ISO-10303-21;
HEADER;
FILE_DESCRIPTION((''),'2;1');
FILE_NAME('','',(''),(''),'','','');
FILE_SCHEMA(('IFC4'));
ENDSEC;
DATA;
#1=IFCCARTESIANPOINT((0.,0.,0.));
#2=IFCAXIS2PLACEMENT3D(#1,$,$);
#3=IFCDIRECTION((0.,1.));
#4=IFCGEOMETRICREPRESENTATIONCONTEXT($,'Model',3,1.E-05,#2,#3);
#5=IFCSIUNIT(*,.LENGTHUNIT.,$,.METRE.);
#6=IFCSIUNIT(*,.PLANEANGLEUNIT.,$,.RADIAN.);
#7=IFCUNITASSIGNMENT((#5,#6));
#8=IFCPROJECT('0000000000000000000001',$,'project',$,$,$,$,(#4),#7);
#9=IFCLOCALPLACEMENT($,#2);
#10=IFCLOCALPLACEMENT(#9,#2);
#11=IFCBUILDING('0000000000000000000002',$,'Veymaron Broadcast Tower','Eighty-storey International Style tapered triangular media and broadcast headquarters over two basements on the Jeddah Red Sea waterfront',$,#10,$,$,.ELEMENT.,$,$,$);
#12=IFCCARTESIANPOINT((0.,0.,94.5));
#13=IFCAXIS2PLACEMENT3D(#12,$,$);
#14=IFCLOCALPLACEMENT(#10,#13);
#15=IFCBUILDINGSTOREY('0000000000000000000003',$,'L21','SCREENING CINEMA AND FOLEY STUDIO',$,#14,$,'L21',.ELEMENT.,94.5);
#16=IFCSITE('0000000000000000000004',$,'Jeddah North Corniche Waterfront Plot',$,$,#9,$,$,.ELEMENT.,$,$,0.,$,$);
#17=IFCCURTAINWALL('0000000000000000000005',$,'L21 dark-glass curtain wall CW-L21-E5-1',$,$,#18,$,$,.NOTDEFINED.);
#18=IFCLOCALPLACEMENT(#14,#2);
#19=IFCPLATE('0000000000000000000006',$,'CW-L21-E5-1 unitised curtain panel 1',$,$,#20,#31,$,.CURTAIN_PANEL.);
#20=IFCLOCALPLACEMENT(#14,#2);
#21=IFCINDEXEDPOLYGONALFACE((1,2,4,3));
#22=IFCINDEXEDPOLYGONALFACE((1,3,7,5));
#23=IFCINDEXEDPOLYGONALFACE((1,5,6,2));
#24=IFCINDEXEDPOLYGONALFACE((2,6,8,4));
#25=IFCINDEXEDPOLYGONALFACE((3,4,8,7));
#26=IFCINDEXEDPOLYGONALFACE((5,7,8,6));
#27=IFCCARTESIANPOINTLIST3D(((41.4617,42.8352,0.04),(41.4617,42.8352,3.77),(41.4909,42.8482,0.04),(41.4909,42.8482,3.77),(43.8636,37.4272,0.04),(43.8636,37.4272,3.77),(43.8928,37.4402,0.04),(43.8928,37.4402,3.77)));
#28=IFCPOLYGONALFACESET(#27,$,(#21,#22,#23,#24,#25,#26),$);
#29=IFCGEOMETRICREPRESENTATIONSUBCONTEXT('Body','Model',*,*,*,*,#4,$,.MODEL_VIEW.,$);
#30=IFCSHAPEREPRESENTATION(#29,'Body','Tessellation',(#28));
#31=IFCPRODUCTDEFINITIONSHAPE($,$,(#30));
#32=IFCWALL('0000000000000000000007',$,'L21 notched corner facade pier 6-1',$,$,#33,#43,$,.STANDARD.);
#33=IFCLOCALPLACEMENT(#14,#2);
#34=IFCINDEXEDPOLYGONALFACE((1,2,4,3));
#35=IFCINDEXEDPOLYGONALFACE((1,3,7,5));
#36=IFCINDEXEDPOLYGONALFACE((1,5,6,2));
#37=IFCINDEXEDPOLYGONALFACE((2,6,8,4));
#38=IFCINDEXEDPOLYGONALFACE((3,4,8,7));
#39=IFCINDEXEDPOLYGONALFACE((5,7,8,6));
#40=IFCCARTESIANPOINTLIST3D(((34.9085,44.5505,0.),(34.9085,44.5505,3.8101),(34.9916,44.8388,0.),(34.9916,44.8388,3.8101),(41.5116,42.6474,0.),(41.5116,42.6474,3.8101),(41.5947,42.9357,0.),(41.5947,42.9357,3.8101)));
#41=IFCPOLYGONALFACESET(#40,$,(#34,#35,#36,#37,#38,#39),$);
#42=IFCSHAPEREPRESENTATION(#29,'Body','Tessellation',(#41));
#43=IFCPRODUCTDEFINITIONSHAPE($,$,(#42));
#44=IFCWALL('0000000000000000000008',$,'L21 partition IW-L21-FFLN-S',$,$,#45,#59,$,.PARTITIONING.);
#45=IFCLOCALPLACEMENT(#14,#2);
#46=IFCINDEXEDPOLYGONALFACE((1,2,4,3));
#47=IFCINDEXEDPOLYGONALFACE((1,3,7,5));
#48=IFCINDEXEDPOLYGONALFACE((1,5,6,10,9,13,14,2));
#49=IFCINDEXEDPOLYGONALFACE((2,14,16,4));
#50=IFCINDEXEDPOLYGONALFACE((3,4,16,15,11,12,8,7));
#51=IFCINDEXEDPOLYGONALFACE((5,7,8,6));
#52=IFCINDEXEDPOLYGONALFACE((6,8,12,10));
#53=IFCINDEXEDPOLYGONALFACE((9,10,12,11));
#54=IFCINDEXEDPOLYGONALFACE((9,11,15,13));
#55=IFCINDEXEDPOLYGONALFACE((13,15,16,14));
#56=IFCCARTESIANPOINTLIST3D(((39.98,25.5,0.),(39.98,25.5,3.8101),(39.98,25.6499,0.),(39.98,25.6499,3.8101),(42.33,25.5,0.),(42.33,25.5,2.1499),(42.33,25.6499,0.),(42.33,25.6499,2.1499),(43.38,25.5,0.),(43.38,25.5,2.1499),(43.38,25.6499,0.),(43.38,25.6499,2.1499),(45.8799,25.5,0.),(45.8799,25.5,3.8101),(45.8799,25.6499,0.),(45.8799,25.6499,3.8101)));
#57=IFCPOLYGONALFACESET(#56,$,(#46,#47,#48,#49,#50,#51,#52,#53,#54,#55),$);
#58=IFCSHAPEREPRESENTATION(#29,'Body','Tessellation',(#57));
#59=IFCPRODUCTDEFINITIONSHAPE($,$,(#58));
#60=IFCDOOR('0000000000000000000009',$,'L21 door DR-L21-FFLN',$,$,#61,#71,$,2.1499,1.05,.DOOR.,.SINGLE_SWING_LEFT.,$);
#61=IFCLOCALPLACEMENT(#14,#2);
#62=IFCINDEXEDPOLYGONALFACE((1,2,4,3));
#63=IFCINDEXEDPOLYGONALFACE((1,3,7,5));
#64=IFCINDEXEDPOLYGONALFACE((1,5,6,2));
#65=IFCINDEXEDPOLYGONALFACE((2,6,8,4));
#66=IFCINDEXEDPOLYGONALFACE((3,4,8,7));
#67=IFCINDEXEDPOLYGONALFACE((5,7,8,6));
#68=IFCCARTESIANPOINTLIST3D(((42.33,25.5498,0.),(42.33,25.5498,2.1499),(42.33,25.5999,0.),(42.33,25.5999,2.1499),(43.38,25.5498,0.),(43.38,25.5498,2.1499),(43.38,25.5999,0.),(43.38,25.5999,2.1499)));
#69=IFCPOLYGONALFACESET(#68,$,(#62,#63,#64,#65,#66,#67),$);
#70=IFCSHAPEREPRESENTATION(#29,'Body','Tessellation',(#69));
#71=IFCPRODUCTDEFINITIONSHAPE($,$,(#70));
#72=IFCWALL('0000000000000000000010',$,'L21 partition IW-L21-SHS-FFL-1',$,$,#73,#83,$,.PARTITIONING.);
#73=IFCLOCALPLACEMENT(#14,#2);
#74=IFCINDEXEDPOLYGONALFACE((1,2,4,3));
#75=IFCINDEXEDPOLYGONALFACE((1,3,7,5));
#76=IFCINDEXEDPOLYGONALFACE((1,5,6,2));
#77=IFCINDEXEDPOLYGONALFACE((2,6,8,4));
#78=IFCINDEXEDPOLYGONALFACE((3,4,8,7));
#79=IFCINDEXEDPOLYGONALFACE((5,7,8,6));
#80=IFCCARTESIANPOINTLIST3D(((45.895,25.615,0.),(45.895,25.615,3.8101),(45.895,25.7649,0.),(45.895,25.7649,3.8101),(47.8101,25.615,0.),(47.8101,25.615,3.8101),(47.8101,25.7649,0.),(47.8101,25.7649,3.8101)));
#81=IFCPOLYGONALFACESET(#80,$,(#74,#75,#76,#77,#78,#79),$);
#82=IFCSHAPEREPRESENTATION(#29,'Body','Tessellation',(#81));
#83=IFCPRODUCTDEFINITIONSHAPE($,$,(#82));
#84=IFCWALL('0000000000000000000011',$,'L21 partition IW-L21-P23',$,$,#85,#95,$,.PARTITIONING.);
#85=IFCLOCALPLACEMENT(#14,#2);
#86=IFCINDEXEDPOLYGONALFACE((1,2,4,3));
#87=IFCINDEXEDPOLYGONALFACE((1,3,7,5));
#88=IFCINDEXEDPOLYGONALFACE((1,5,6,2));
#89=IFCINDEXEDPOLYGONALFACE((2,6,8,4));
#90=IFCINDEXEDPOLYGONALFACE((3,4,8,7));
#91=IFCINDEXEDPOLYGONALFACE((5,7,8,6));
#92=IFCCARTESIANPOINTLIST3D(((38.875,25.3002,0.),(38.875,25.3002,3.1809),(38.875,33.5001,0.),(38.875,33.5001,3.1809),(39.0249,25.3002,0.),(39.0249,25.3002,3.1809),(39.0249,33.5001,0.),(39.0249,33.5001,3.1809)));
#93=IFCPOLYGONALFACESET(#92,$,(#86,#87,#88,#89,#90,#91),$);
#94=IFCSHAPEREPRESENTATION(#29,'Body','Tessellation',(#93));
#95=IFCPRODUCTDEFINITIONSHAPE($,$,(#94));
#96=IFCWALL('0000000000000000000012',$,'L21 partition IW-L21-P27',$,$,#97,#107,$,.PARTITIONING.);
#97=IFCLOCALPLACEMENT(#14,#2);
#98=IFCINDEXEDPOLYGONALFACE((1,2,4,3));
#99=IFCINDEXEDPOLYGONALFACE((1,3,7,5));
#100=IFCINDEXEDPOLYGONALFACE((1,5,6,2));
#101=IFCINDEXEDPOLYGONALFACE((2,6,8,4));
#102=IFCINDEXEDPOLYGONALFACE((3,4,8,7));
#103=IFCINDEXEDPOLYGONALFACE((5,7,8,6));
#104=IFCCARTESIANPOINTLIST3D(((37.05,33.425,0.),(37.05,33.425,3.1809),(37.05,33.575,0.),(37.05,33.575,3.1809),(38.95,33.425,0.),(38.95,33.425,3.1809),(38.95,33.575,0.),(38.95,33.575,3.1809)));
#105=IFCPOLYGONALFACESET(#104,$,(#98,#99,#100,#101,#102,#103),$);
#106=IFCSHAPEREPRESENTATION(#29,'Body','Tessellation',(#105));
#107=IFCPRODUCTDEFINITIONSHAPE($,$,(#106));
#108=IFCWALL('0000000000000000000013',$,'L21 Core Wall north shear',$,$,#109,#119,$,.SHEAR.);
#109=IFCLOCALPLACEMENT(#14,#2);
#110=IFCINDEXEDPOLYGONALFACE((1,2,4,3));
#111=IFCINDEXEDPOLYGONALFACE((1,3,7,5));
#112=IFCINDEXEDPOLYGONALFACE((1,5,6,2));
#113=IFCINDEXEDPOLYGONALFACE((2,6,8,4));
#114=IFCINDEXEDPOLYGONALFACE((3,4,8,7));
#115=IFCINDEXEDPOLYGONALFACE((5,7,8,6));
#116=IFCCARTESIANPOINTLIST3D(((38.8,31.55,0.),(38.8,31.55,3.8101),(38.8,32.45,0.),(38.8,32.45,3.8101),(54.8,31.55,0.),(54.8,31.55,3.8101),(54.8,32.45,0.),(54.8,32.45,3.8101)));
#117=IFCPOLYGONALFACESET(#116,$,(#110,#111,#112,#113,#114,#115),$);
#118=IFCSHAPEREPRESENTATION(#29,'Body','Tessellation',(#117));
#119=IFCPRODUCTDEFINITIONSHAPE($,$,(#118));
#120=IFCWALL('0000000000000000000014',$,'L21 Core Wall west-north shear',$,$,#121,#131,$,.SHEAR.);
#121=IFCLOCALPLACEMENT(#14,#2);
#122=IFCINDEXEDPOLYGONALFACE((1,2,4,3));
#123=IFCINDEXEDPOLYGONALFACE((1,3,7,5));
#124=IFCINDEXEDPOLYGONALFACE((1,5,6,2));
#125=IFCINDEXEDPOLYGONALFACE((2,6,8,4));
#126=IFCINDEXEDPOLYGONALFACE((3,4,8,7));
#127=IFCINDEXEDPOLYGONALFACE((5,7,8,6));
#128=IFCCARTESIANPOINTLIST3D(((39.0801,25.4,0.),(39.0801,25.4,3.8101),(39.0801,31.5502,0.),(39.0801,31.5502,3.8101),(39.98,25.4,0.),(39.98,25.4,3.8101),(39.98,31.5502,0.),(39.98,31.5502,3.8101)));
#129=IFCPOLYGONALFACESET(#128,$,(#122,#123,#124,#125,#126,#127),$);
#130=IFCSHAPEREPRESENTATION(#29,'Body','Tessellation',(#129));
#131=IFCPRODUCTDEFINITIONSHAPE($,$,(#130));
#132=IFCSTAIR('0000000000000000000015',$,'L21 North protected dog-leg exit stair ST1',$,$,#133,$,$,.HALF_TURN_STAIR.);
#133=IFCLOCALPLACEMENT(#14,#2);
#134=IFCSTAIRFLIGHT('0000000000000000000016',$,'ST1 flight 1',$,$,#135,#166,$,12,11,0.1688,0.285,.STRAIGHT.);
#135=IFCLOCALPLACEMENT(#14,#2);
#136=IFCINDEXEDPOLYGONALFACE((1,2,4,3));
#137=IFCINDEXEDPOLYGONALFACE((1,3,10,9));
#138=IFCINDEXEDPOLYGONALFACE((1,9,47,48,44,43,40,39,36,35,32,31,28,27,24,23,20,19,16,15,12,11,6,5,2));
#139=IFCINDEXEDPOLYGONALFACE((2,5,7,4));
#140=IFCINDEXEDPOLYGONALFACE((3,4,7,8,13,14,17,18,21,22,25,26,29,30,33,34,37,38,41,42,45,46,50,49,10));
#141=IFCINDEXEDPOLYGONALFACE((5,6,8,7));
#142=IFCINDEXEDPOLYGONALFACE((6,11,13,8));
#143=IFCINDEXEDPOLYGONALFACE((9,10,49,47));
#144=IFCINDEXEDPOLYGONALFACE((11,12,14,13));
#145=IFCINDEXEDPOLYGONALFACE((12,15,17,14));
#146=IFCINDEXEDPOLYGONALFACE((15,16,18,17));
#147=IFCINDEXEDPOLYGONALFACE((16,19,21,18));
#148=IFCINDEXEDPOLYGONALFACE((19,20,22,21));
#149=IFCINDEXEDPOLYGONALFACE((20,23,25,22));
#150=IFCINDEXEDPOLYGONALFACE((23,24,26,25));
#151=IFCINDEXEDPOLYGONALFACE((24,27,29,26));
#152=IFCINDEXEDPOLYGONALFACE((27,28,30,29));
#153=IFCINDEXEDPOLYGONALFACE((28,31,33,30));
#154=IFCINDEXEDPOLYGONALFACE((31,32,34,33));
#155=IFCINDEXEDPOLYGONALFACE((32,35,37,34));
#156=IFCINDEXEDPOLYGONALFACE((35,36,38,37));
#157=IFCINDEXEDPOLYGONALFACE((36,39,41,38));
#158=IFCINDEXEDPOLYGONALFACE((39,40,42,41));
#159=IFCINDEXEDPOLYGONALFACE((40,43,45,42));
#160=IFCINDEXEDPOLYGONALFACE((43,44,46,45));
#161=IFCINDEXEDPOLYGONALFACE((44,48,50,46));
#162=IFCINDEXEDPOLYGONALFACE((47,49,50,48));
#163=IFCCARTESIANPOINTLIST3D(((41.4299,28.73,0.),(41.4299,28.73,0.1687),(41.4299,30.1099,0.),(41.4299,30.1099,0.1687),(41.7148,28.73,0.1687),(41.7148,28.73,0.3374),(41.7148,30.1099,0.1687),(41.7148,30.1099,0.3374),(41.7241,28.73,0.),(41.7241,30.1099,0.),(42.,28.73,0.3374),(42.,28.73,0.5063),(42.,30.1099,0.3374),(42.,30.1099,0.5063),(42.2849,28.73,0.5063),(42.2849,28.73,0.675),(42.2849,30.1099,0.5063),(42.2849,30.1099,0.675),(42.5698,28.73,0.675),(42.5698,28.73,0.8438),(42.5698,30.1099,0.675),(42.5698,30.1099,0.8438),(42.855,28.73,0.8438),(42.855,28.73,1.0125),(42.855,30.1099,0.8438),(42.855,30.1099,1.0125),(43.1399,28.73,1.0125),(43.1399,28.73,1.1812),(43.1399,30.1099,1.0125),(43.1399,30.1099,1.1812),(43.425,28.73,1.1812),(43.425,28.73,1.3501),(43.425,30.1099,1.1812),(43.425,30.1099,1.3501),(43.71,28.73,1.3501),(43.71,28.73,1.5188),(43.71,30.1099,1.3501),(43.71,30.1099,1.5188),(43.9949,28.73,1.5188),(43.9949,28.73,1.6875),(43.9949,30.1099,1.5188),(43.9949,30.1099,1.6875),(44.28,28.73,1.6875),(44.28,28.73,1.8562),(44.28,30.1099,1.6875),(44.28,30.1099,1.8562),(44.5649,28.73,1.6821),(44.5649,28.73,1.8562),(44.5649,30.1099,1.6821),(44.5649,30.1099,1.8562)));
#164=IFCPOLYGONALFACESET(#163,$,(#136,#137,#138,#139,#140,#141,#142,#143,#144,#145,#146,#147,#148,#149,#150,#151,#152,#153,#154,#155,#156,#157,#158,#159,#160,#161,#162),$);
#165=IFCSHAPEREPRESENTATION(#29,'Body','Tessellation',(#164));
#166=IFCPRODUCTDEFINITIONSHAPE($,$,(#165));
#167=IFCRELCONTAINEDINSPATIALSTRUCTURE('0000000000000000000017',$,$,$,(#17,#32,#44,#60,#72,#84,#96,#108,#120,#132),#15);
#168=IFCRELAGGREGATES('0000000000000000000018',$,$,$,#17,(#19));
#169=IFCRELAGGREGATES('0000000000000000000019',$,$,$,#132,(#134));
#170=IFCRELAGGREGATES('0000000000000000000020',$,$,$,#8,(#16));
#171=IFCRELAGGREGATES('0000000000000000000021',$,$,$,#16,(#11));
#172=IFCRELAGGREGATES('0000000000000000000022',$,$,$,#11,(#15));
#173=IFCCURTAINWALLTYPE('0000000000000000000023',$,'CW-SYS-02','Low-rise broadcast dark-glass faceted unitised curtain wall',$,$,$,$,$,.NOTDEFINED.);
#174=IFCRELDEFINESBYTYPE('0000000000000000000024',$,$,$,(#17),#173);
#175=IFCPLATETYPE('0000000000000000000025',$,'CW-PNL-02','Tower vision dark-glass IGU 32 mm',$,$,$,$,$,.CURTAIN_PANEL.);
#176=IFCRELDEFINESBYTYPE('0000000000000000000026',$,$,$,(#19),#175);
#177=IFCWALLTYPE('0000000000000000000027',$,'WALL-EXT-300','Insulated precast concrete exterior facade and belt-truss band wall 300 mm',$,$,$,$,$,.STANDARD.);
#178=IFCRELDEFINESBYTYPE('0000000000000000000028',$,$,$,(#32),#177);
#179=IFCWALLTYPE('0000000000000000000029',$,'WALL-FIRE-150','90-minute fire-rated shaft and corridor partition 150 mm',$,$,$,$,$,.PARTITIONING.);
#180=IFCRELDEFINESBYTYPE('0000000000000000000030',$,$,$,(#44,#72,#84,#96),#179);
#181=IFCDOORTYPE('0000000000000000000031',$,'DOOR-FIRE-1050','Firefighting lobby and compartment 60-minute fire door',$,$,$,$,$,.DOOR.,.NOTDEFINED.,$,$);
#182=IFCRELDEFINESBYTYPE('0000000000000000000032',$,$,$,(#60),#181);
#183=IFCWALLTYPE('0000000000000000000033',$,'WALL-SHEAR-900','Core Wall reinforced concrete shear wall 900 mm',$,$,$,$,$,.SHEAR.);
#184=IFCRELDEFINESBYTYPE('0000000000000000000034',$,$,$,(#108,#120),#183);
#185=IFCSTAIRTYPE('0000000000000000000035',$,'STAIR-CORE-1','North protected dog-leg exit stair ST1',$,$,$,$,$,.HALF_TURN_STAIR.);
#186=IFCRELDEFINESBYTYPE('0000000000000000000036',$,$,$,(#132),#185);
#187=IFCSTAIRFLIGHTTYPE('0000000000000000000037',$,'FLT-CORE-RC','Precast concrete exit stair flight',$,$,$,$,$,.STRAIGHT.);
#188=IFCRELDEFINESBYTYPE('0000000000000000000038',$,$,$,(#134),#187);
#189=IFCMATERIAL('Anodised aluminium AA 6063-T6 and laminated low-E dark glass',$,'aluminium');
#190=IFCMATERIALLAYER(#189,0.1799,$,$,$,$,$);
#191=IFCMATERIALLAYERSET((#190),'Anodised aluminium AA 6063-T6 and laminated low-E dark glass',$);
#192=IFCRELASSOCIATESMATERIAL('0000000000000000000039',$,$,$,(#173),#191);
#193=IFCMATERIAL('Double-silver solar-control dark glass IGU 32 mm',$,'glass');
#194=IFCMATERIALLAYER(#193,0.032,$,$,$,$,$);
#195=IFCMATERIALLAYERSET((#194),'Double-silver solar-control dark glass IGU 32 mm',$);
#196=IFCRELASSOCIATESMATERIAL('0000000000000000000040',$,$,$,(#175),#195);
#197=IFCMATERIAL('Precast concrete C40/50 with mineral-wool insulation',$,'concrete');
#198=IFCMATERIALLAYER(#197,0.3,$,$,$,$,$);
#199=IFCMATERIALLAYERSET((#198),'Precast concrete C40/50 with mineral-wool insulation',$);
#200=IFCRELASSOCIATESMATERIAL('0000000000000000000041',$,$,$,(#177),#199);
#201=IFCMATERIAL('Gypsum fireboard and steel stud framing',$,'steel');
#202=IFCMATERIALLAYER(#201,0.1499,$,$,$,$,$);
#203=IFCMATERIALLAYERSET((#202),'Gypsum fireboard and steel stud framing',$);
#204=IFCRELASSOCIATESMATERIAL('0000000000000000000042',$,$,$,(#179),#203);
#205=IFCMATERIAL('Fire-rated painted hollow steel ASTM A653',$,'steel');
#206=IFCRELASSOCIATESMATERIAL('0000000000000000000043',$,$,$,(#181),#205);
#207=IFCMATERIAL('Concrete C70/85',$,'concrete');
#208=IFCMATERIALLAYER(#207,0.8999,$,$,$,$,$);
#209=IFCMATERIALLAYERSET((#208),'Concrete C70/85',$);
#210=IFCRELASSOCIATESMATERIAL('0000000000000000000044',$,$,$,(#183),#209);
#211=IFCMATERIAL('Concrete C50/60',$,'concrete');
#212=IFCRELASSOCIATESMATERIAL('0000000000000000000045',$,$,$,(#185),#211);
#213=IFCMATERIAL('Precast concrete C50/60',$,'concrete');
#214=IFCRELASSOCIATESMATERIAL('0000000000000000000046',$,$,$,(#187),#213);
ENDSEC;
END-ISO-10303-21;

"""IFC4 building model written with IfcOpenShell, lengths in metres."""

from ifc_helpers import new_model, si_unit, direction, frame, frame_2d, origin, origin_2d, place, context, subcontext, project, spatial, polyline, rectangle, outline, extrude, material, layer, layer_set, type_object, element, fill, aggregate, save


model = new_model("IFC4")

# Units and contexts
model_context = context("Model", 3, precision=1e-05, world=origin(), true_north=direction((0.0, 1.0)))
body_context = subcontext(model_context, "Body", "Model", "MODEL_VIEW")
ifc_project = project(units=[si_unit("LENGTHUNIT", "METRE"), si_unit("PLANEANGLEUNIT", "RADIAN")], contexts=[model_context])

# Site, building, storey
site_placement = place(None, origin())
site = spatial("IfcSite", under=ifc_project, at=site_placement, Name="Jeddah North Corniche Waterfront Plot", CompositionType="ELEMENT", RefElevation=0.0)
building_placement = place(site_placement, origin())
building = spatial("IfcBuilding", under=site, at=building_placement, Name="Veymaron Broadcast Tower", Description="Eighty-storey International Style tapered triangular media and broadcast headquarters over two basements on the Jeddah Red Sea waterfront", CompositionType="ELEMENT")
storey_placement = place(building_placement, frame((0.0, 0.0, 94.5)))
storey = spatial("IfcBuildingStorey", under=building, at=storey_placement, Name="L21", Description="SCREENING CINEMA AND FOLEY STUDIO", LongName="L21", CompositionType="ELEMENT", Elevation=94.5)

# Curtain wall, plate
ifc_material_1 = material(Name="Anodised aluminium AA 6063-T6 and laminated low-E dark glass", Category="aluminium")
ifc_layer_1 = layer(ifc_material_1, 0.1799)
ifc_layer_set_1 = layer_set([ifc_layer_1], Name="Anodised aluminium AA 6063-T6 and laminated low-E dark glass")
curtain_wall_type = type_object("IfcCurtainWallType", Name="CW-SYS-02", Description="Low-rise broadcast dark-glass faceted unitised curtain wall", PredefinedType="NOTDEFINED", material=ifc_layer_set_1)
curtain_wall_placement = place(storey_placement, origin())
curtain_wall = element("IfcCurtainWall", 1, at=curtain_wall_placement, inside=storey, type_object=curtain_wall_type, Name="L21 dark-glass curtain wall CW-L21-E5-1", PredefinedType="NOTDEFINED")
ifc_material_2 = material(Name="Double-silver solar-control dark glass IGU 32 mm", Category="glass")
ifc_layer_2 = layer(ifc_material_2, 0.032)
ifc_layer_set_2 = layer_set([ifc_layer_2], Name="Double-silver solar-control dark glass IGU 32 mm")
plate_type = type_object("IfcPlateType", Name="CW-PNL-02", Description="Tower vision dark-glass IGU 32 mm", PredefinedType="CURTAIN_PANEL", material=ifc_layer_set_2)
plate_1_placement = place(storey_placement, frame((42.6772, 40.1377, 0.04), z_axis=(0.0, 0.0, 1.0), x_axis=(-0.405907, 0.913914, 0.0)))
plate_1 = element("IfcPlate", 2, at=plate_1_placement, type_object=plate_type, Name="CW-L21-E5-1 unitised curtain panel 1", PredefinedType="CURTAIN_PANEL", context=body_context, shape_type="SweptSolid", body=[
    extrude(rectangle(XDim=5.9175, YDim=0.032, at=origin_2d()), origin(), (0.0, 0.0, 1.0), 3.73),
])
aggregate(curtain_wall, [plate_1])

# Wall
ifc_material_3 = material(Name="Precast concrete C40/50 with mineral-wool insulation", Category="concrete")
ifc_layer_3 = layer(ifc_material_3, 0.3)
ifc_layer_set_3 = layer_set([ifc_layer_3], Name="Precast concrete C40/50 with mineral-wool insulation")
wall_type_1 = type_object("IfcWallType", Name="WALL-EXT-300", Description="Insulated precast concrete exterior facade and belt-truss band wall 300 mm", PredefinedType="STANDARD", material=ifc_layer_set_3)
wall_1_placement = place(storey_placement, frame((41.5532, 42.7915, 0.0), z_axis=(0.0, 0.0, 1.0), x_axis=(-0.960887, 0.27694, 0.0)))
element("IfcWall", 3, at=wall_1_placement, inside=storey, type_object=wall_type_1, Name="L21 notched corner facade pier 6-1", PredefinedType="STANDARD", context=body_context, shape_type="SweptSolid", body=[
    extrude(rectangle(XDim=6.8718, YDim=0.3, at=frame_2d((3.436, 0.0))), origin(), (0.0, 0.0, 1.0), 3.8101),
])

# Wall, opening, door
ifc_material_4 = material(Name="Gypsum fireboard and steel stud framing", Category="steel")
ifc_layer_4 = layer(ifc_material_4, 0.1499)
ifc_layer_set_4 = layer_set([ifc_layer_4], Name="Gypsum fireboard and steel stud framing")
wall_type_2 = type_object("IfcWallType", Name="WALL-FIRE-150", Description="90-minute fire-rated shaft and corridor partition 150 mm", PredefinedType="PARTITIONING", material=ifc_layer_set_4)
wall_2_placement = place(storey_placement, frame((39.98, 25.575, 0.0), z_axis=(0.0, 0.0, 1.0), x_axis=(1.0, 0.0, 0.0)))
wall_2 = element("IfcWall", 4, at=wall_2_placement, inside=storey, type_object=wall_type_2, Name="L21 partition IW-L21-FFLN-S", PredefinedType="PARTITIONING", context=body_context, shape_type="SweptSolid", body=[
    extrude(rectangle(XDim=5.8999, YDim=0.1499, at=frame_2d((2.95, 0.0))), origin(), (0.0, 0.0, 1.0), 3.8101),
])
opening_1_placement = place(wall_2_placement, frame((2.3501, 0.0, 0.0)))
opening_1 = element("IfcOpeningElement", 5, at=opening_1_placement, cuts=wall_2, PredefinedType="OPENING", context=body_context, shape_type="SweptSolid", body=[
    extrude(rectangle(XDim=1.05, YDim=2.1499, at=frame_2d((0.5249, 1.075))), frame((0.0, 0.085, 0.0), z_axis=(0.0, -1.0, 0.0), x_axis=(1.0, 0.0, 0.0)), (0.0, 0.0, 1.0), 0.1699),
])
ifc_material_5 = material(Name="Fire-rated painted hollow steel ASTM A653", Category="steel")
door_type_1 = type_object("IfcDoorType", Name="DOOR-FIRE-1050", Description="Firefighting lobby and compartment 60-minute fire door", OperationType="NOTDEFINED", PredefinedType="DOOR", material=ifc_material_5)
door_1_placement = place(opening_1_placement, origin())
door_1 = element("IfcDoor", 6, at=door_1_placement, inside=storey, type_object=door_type_1, Name="L21 door DR-L21-FFLN", OperationType="SINGLE_SWING_LEFT", OverallHeight=2.1499, OverallWidth=1.05, PredefinedType="DOOR", context=body_context, shape_type="SweptSolid", body=[
    extrude(rectangle(XDim=1.05, YDim=2.1499, at=frame_2d((0.5249, 1.075))), frame((0.0, 0.0249, 0.0), z_axis=(0.0, -1.0, 0.0), x_axis=(1.0, 0.0, 0.0)), (0.0, 0.0, 1.0), 0.05),
])
fill(opening_1, door_1)

# Walls
wall_3_placement = place(storey_placement, frame((45.895, 25.6899, 0.0), z_axis=(0.0, 0.0, 1.0), x_axis=(1.0, 0.0, 0.0)))
element("IfcWall", 7, at=wall_3_placement, inside=storey, type_object=wall_type_2, Name="L21 partition IW-L21-SHS-FFL-1", PredefinedType="PARTITIONING", context=body_context, shape_type="SweptSolid", body=[
    extrude(rectangle(XDim=1.915, YDim=0.1499, at=frame_2d((0.9575, 0.0))), origin(), (0.0, 0.0, 1.0), 3.8101),
])
wall_4_placement = place(storey_placement, frame((38.95, 25.3, 0.0), z_axis=(0.0, 0.0, 1.0), x_axis=(0.0, 1.0, 0.0)))
element("IfcWall", 8, at=wall_4_placement, inside=storey, type_object=wall_type_2, Name="L21 partition IW-L21-P23", PredefinedType="PARTITIONING", context=body_context, shape_type="SweptSolid", body=[
    extrude(rectangle(XDim=8.2, YDim=0.1499, at=frame_2d((4.1001, 0.0))), origin(), (0.0, 0.0, 1.0), 3.1809),
])
wall_5_placement = place(storey_placement, frame((37.05, 33.5, 0.0), z_axis=(0.0, 0.0, 1.0), x_axis=(1.0, 0.0, 0.0)))
element("IfcWall", 9, at=wall_5_placement, inside=storey, type_object=wall_type_2, Name="L21 partition IW-L21-P27", PredefinedType="PARTITIONING", context=body_context, shape_type="SweptSolid", body=[
    extrude(rectangle(XDim=1.8999, YDim=0.1499, at=frame_2d((0.95, 0.0))), origin(), (0.0, 0.0, 1.0), 3.1809),
])

# Shared definitions
ifc_material_6 = material(Name="Concrete C50/60", Category="concrete")

# Walls
ifc_material_7 = material(Name="Concrete C70/85", Category="concrete")
ifc_layer_5 = layer(ifc_material_7, 0.8999)
ifc_layer_set_5 = layer_set([ifc_layer_5], Name="Concrete C70/85")
wall_type_3 = type_object("IfcWallType", Name="WALL-SHEAR-900", Description="Core Wall reinforced concrete shear wall 900 mm", PredefinedType="SHEAR", material=ifc_layer_set_5)
wall_6_placement = place(storey_placement, frame((38.8, 32.0, 0.0), z_axis=(0.0, 0.0, 1.0), x_axis=(1.0, 0.0, 0.0)))
element("IfcWall", 10, at=wall_6_placement, inside=storey, type_object=wall_type_3, Name="L21 Core Wall north shear", PredefinedType="SHEAR", context=body_context, shape_type="SweptSolid", body=[
    extrude(rectangle(XDim=16.0, YDim=0.8999, at=frame_2d((8.0, 0.0))), origin(), (0.0, 0.0, 1.0), 3.8101),
])
wall_7_placement = place(storey_placement, frame((39.53, 25.3999, 0.0), z_axis=(0.0, 0.0, 1.0), x_axis=(0.0, 1.0, 0.0)))
element("IfcWall", 11, at=wall_7_placement, inside=storey, type_object=wall_type_3, Name="L21 Core Wall west-north shear", PredefinedType="SHEAR", context=body_context, shape_type="SweptSolid", body=[
    extrude(rectangle(XDim=6.1501, YDim=0.8999, at=frame_2d((3.0752, 0.0))), origin(), (0.0, 0.0, 1.0), 3.8101),
])

# Stair, stair flight
stair_type = type_object("IfcStairType", Name="STAIR-CORE-1", Description="North protected dog-leg exit stair ST1", PredefinedType="HALF_TURN_STAIR", material=ifc_material_6)
stair_placement = place(storey_placement, origin())
stair = element("IfcStair", 12, at=stair_placement, inside=storey, type_object=stair_type, Name="L21 North protected dog-leg exit stair ST1", PredefinedType="HALF_TURN_STAIR")
ifc_material_8 = material(Name="Precast concrete C50/60", Category="concrete")
stair_flight_type = type_object("IfcStairFlightType", Name="FLT-CORE-RC", Description="Precast concrete exit stair flight", PredefinedType="STRAIGHT", material=ifc_material_8)
stair_flight_1_placement = place(storey_placement, frame((41.4299, 29.4199, 0.0), z_axis=(0.0, 0.0, 1.0), x_axis=(1.0, 0.0, 0.0)))
stair_flight_1 = element("IfcStairFlight", 13, at=stair_flight_1_placement, type_object=stair_flight_type, Name="ST1 flight 1", NumberOfRisers=12, NumberOfTreads=11, PredefinedType="STRAIGHT", RiserHeight=0.1688, TreadLength=0.285, context=body_context, shape_type="SweptSolid", body=[
    extrude(outline(polyline([(0.0, 0.0), (0.0, 0.1687), (0.2849, 0.1687), (0.2849, 0.3374), (0.5701, 0.3374), (0.5701, 0.5063), (0.855, 0.5063), (0.855, 0.675), (1.1399, 0.675), (1.1399, 0.8438), (1.425, 0.8438), (1.425, 1.0125), (1.71, 1.0125), (1.71, 1.1812), (1.9951, 1.1812), (1.9951, 1.3501), (2.28, 1.3501), (2.28, 1.5188), (2.5649, 1.5188), (2.5649, 1.6875), (2.8501, 1.6875), (2.8501, 1.8562), (3.135, 1.8562), (3.135, 2.0249), (3.135, 1.6821), (0.2942, 0.0), (0.0, 0.0)])), frame((0.0, 0.6899, 0.0), z_axis=(0.0, -1.0, 0.0), x_axis=(1.0, 0.0, 0.0)), (0.0, 0.0, 1.0), 1.3799),
])
aggregate(stair, [stair_flight_1])

save(model, "model.ifc")
